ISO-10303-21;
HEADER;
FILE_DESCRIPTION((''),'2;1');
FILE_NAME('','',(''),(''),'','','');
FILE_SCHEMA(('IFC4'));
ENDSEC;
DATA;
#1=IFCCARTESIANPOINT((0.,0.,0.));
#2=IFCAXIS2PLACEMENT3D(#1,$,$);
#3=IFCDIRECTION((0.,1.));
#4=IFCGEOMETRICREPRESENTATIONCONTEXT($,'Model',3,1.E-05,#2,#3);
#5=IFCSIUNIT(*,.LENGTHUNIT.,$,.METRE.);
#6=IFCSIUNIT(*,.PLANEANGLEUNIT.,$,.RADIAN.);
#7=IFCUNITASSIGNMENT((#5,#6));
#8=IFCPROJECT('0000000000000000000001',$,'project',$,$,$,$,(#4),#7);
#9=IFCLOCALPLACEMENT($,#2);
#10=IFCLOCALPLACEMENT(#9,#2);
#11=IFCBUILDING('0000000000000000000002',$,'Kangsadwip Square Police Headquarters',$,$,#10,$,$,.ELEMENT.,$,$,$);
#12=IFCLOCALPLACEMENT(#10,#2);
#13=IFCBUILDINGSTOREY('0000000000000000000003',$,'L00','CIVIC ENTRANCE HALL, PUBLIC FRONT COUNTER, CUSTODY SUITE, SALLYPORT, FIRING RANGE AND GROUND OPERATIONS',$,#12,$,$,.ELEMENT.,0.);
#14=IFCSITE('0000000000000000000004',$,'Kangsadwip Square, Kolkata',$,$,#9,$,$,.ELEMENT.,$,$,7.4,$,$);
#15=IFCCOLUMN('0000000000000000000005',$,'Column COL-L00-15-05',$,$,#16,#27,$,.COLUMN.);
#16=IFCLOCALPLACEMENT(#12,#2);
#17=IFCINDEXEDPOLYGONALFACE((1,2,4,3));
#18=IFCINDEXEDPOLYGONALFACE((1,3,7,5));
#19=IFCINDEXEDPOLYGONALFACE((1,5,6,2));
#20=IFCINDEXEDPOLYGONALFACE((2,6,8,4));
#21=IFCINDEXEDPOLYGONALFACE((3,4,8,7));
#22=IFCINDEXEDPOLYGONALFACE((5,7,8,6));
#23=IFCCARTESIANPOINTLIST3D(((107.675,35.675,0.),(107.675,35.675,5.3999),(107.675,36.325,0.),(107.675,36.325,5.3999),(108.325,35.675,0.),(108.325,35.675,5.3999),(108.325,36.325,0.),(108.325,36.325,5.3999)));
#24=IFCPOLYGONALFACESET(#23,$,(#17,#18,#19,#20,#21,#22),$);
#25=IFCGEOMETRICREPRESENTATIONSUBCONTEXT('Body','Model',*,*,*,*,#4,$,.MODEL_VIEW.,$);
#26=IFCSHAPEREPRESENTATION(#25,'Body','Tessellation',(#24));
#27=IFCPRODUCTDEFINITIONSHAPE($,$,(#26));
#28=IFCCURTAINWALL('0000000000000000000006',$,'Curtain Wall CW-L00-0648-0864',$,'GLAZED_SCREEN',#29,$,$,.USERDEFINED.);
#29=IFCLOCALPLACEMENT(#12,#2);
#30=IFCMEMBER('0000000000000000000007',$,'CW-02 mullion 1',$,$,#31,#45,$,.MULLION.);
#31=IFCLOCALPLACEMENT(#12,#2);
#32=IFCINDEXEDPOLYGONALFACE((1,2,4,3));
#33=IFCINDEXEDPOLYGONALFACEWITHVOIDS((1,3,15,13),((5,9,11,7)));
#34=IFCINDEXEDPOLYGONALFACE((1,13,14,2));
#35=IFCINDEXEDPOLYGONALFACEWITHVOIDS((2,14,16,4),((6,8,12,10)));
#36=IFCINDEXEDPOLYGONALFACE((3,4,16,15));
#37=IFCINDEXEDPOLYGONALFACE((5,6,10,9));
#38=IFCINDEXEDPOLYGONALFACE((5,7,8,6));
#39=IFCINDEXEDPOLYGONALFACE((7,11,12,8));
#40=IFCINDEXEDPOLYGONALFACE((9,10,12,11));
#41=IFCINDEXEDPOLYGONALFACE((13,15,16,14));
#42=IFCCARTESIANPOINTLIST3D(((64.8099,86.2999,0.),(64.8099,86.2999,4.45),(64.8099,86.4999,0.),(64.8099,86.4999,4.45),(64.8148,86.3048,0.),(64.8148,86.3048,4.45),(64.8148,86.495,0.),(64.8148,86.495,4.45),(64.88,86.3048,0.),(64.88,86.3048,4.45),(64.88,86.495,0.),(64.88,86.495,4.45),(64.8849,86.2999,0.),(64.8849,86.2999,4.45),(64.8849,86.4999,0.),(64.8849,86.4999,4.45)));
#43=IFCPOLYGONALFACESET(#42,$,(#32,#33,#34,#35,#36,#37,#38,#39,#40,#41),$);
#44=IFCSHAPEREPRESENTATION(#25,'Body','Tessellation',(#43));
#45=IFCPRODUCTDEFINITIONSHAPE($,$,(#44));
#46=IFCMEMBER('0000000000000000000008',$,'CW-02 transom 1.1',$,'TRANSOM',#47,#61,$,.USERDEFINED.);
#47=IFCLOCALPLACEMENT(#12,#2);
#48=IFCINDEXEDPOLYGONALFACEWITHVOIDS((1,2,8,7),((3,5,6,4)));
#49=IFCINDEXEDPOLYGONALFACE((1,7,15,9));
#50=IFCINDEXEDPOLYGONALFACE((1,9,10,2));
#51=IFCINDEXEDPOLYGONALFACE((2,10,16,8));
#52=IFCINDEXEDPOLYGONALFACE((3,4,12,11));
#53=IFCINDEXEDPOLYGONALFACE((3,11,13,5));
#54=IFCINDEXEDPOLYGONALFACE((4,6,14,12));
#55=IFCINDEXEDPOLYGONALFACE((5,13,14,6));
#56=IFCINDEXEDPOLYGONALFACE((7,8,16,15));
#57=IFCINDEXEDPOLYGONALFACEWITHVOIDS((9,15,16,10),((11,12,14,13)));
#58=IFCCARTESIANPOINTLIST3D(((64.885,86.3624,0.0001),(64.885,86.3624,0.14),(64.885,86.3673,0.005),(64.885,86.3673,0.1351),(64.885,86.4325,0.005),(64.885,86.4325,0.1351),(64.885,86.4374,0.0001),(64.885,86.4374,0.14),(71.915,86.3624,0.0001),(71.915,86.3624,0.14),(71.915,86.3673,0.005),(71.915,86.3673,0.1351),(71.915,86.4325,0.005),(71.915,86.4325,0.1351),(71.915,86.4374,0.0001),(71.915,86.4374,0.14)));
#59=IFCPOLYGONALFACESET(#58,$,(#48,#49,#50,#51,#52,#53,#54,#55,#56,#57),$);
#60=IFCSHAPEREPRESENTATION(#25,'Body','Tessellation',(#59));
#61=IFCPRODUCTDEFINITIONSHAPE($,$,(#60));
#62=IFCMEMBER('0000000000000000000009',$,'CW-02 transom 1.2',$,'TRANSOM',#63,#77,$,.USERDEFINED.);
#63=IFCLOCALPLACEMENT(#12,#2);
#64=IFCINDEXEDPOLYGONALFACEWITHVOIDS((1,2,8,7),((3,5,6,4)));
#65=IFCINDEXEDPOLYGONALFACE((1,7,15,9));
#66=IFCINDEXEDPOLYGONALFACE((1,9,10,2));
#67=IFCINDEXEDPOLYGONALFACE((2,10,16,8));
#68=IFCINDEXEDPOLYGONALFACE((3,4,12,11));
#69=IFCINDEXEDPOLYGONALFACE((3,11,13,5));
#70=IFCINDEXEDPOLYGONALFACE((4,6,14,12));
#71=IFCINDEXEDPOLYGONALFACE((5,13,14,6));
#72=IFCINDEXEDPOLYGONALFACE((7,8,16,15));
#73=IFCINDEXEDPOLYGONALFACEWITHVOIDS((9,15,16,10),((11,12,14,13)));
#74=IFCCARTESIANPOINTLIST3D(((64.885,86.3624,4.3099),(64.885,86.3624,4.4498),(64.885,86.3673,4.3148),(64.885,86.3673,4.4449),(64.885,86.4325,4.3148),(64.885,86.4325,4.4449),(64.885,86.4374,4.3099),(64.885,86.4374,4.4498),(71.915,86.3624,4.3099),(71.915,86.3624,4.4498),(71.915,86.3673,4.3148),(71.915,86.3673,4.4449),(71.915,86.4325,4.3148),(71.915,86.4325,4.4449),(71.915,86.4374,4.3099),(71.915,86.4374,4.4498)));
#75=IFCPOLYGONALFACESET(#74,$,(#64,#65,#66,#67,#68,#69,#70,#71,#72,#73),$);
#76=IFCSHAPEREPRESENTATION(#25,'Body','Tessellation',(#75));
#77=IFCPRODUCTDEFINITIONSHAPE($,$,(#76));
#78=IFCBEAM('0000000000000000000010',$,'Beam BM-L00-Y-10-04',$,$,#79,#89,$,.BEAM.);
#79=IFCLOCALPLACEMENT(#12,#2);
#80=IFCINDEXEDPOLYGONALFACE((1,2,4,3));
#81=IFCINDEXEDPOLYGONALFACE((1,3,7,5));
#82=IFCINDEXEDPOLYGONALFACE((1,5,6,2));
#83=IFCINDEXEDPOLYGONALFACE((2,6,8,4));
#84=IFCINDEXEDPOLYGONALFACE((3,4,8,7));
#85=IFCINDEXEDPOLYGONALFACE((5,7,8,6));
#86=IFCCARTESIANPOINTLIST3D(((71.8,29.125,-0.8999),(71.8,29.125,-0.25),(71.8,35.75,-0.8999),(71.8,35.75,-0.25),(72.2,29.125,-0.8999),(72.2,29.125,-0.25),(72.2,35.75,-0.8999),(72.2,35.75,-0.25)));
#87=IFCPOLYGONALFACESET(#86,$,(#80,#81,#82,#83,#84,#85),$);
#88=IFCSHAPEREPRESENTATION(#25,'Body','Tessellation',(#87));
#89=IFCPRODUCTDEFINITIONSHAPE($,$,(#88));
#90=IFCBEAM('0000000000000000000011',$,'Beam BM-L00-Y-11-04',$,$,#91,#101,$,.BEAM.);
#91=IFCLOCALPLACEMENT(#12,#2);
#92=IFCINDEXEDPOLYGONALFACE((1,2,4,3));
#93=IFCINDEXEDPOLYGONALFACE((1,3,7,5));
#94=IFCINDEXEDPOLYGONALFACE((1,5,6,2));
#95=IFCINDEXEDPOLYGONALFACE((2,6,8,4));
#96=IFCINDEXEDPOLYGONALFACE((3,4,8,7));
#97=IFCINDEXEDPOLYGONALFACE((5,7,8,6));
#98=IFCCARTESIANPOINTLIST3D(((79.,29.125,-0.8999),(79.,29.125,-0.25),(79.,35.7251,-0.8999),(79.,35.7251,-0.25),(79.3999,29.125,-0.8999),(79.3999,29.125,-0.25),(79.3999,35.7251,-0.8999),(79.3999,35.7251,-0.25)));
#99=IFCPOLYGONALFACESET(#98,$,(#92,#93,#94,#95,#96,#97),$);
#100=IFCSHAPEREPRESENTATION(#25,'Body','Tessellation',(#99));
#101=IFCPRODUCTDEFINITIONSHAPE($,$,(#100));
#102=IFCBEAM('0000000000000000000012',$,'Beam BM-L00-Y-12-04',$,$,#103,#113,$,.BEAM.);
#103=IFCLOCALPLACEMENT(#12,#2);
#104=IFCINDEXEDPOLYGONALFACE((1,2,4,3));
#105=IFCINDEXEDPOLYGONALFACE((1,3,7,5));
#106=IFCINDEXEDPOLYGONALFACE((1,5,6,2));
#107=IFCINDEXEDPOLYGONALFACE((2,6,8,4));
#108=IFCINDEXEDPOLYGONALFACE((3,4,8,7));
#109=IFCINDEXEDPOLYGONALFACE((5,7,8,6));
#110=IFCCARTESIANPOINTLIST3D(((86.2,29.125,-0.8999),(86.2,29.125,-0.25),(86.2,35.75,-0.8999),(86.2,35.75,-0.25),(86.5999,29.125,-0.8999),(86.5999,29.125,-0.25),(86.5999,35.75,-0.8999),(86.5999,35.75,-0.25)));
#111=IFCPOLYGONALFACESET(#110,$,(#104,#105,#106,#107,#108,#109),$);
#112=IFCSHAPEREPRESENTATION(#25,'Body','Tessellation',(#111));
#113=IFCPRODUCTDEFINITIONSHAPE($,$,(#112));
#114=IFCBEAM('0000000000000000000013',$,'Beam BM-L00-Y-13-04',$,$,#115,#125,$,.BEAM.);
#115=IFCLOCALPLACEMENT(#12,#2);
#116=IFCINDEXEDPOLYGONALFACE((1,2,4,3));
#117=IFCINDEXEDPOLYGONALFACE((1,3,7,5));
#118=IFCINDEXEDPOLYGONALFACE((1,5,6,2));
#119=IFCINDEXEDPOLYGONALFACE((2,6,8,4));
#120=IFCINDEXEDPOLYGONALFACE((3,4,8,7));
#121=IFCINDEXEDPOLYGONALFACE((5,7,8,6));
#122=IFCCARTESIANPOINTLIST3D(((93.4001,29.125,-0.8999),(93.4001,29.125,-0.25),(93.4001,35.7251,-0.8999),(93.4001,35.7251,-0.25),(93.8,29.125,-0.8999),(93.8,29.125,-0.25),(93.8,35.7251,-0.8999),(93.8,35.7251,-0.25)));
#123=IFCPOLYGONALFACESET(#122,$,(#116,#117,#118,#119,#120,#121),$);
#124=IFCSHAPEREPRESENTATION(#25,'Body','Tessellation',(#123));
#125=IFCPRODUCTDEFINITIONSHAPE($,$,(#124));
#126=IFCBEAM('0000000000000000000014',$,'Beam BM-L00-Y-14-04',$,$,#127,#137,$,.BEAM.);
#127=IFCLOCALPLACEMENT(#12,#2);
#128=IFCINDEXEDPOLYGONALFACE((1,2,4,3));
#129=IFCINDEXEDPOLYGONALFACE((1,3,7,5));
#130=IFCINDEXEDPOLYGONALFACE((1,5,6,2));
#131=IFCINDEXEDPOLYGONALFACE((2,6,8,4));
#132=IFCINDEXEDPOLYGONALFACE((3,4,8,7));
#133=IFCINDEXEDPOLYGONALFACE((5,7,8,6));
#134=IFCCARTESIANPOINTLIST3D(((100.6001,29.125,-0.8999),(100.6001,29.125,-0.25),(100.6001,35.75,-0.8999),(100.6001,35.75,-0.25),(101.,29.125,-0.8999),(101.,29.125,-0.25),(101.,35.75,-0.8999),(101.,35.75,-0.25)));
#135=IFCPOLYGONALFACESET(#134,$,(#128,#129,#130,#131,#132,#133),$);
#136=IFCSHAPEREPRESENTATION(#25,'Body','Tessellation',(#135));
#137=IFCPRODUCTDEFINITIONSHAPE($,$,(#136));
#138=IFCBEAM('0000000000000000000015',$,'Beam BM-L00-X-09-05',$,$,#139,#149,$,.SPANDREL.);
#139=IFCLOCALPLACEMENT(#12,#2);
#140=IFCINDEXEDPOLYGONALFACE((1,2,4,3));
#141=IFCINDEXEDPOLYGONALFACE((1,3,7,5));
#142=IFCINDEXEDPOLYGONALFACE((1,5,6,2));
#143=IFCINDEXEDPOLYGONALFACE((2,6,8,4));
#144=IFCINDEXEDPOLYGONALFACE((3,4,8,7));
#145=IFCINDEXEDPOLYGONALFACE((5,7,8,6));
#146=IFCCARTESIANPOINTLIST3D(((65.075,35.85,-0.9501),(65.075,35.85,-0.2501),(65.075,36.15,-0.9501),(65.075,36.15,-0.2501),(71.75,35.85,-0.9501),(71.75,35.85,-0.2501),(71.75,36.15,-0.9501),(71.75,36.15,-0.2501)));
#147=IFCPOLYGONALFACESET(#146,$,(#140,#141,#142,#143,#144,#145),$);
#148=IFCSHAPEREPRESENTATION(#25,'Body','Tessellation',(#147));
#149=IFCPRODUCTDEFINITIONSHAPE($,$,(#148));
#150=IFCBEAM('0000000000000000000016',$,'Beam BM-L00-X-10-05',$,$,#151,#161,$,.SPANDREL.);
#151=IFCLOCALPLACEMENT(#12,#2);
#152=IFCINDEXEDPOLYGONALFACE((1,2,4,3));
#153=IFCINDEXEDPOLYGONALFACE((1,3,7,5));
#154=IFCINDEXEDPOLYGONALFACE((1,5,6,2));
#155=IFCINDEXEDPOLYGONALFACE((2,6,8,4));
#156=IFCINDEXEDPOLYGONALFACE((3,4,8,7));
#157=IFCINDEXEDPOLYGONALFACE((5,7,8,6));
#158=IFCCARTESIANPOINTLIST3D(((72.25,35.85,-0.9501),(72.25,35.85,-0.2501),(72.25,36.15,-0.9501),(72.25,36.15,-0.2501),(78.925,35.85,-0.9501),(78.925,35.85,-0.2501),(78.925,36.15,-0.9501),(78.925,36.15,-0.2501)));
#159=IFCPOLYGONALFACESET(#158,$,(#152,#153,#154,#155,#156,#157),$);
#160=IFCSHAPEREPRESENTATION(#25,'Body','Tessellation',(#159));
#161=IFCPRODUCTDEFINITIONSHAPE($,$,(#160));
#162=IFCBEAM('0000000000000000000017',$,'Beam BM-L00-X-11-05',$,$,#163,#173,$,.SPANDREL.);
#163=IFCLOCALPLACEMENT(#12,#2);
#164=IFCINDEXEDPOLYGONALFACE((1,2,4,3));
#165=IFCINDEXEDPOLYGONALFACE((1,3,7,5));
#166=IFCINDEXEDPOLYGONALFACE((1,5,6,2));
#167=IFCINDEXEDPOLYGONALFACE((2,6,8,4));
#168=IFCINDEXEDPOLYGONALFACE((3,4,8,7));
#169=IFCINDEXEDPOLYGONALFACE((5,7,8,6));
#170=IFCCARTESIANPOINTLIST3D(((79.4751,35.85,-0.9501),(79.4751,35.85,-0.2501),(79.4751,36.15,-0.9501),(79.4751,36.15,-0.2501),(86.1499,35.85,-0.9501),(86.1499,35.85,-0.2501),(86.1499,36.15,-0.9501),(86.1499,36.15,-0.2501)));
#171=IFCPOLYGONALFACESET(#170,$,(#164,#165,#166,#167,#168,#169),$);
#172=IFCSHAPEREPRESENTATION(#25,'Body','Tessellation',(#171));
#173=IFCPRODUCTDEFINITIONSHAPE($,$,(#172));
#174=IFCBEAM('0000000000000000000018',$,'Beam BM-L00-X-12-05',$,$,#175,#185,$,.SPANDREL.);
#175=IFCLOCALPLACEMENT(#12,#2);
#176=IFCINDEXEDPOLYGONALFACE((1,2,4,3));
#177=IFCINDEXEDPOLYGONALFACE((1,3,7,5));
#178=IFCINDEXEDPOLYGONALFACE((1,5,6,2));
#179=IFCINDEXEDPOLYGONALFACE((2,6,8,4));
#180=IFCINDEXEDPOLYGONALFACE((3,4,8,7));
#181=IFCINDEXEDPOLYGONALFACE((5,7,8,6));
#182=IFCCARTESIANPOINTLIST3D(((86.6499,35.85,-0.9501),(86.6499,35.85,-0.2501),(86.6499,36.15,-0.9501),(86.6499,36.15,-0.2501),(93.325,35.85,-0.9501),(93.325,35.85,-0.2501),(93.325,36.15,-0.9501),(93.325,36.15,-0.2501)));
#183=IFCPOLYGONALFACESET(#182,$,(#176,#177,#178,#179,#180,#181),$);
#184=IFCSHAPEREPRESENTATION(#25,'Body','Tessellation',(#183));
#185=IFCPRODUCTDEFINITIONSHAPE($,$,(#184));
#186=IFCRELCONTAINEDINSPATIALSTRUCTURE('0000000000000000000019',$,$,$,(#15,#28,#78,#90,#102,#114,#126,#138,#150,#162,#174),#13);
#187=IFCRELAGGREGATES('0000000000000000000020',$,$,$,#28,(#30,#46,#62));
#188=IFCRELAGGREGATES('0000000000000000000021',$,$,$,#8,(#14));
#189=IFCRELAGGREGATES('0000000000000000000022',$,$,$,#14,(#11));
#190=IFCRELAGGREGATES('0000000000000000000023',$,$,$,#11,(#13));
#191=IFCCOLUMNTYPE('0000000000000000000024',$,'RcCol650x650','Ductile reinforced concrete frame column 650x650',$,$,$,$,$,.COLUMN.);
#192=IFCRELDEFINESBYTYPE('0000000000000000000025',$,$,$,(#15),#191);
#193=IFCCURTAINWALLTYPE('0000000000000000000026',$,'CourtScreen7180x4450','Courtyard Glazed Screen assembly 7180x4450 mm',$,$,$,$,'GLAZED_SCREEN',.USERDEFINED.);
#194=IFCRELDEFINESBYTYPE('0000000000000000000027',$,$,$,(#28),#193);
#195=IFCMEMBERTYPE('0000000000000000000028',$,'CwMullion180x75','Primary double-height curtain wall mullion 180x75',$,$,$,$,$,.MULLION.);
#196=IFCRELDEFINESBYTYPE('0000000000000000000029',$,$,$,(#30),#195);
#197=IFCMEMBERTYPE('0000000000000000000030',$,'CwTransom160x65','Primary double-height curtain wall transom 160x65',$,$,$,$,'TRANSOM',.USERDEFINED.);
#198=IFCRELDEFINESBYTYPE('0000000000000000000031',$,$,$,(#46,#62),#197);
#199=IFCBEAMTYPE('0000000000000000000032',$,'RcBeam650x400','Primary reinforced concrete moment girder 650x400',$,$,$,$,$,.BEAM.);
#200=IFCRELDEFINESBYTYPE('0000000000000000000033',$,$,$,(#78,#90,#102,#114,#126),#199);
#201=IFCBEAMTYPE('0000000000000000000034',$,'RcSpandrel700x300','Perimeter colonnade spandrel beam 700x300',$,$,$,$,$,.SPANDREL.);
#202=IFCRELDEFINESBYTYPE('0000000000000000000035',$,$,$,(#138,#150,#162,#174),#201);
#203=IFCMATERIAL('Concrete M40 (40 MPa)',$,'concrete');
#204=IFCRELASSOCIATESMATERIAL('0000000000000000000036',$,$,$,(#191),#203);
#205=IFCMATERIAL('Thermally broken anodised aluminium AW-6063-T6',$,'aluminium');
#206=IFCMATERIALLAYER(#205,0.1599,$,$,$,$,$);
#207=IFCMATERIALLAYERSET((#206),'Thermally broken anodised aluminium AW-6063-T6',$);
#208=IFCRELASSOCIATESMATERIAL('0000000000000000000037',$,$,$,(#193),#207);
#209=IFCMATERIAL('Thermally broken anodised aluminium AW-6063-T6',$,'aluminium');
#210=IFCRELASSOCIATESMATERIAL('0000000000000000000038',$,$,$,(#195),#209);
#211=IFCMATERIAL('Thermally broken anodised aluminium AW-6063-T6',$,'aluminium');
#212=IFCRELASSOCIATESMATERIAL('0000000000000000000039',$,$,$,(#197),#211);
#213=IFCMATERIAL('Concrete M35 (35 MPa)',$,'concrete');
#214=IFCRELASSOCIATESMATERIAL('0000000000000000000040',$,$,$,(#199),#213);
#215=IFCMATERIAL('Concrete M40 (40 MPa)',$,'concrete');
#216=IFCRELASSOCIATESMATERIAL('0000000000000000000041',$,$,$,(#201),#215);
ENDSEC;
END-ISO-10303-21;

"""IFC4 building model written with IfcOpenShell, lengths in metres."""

from ifc_helpers import new_model, si_unit, direction, frame, origin, origin_2d, place, context, subcontext, project, spatial, rectangle, hollow_rectangle, extrude, material, layer, layer_set, material_profile, profile_set, type_object, element, aggregate, save


model = new_model("IFC4")

# Units and contexts
model_context = context("Model", 3, precision=1e-05, world=origin(), true_north=direction((0.0, 1.0)))
body_context = subcontext(model_context, "Body", "Model", "MODEL_VIEW")
ifc_project = project(units=[si_unit("LENGTHUNIT", "METRE"), si_unit("PLANEANGLEUNIT", "RADIAN")], contexts=[model_context])

# Site, building, storey
site_placement = place(None, origin())
site = spatial("IfcSite", under=ifc_project, at=site_placement, Name="Kangsadwip Square, Kolkata", CompositionType="ELEMENT", RefElevation=7.4)
building_placement = place(site_placement, origin())
building = spatial("IfcBuilding", under=site, at=building_placement, Name="Kangsadwip Square Police Headquarters", CompositionType="ELEMENT")
storey_placement = place(building_placement, origin())
storey = spatial("IfcBuildingStorey", under=building, at=storey_placement, Name="L00", Description="CIVIC ENTRANCE HALL, PUBLIC FRONT COUNTER, CUSTODY SUITE, SALLYPORT, FIRING RANGE AND GROUND OPERATIONS", CompositionType="ELEMENT", Elevation=0.0)

# Column
ifc_material_1 = material(Name="Concrete M40 (40 MPa)", Category="concrete")
ifc_material_profile_1 = material_profile(ifc_material_1, rectangle(XDim=0.6499, YDim=0.6499, at=origin_2d()), Name="RC COL 650X650")
ifc_profile_set_1 = profile_set([ifc_material_profile_1], Name="Concrete M40 (40 MPa)")
column_type = type_object("IfcColumnType", Name="RcCol650x650", Description="Ductile reinforced concrete frame column 650x650", PredefinedType="COLUMN", material=ifc_profile_set_1)
column_placement = place(storey_placement, frame((108.0, 36.0, 0.0), z_axis=(0.0, 0.0, 1.0), x_axis=(1.0, 0.0, 0.0)))
element("IfcColumn", 1, at=column_placement, inside=storey, type_object=column_type, Name="Column COL-L00-15-05", PredefinedType="COLUMN", context=body_context, shape_type="SweptSolid", body=[
    extrude(rectangle(XDim=0.6499, YDim=0.6499, at=origin_2d()), origin(), (0.0, 0.0, 1.0), 5.3999),
])

# Curtain wall, members
ifc_material_2 = material(Name="Thermally broken anodised aluminium AW-6063-T6", Category="aluminium")
ifc_layer_1 = layer(ifc_material_2, 0.1599)
ifc_layer_set_1 = layer_set([ifc_layer_1], Name="Thermally broken anodised aluminium AW-6063-T6")
curtain_wall_type = type_object("IfcCurtainWallType", Name="CourtScreen7180x4450", Description="Courtyard Glazed Screen assembly 7180x4450 mm", ElementType="GLAZED_SCREEN", PredefinedType="USERDEFINED", material=ifc_layer_set_1)
curtain_wall_placement = place(storey_placement, origin())
curtain_wall = element("IfcCurtainWall", 2, at=curtain_wall_placement, inside=storey, type_object=curtain_wall_type, Name="Curtain Wall CW-L00-0648-0864", ObjectType="GLAZED_SCREEN", PredefinedType="USERDEFINED")
ifc_material_3 = material(Name="Thermally broken anodised aluminium AW-6063-T6", Category="aluminium")
ifc_material_profile_2 = material_profile(ifc_material_3, hollow_rectangle(XDim=0.075, YDim=0.2, WallThickness=0.0049, at=origin_2d()), Name="CWM 200X75X5")
ifc_profile_set_2 = profile_set([ifc_material_profile_2], Name="Thermally broken anodised aluminium AW-6063-T6")
member_type_1 = type_object("IfcMemberType", Name="CwMullion180x75", Description="Primary double-height curtain wall mullion 180x75", PredefinedType="MULLION", material=ifc_profile_set_2)
member_1_placement = place(storey_placement, frame((64.8474, 86.3999, 0.0), z_axis=(0.0, 0.0, 1.0), x_axis=(1.0, 0.0, 0.0)))
member_1 = element("IfcMember", 3, at=member_1_placement, type_object=member_type_1, Name="CW-02 mullion 1", PredefinedType="MULLION", context=body_context, shape_type="SweptSolid", body=[
    extrude(hollow_rectangle(XDim=0.075, YDim=0.2, WallThickness=0.0049, at=origin_2d()), origin(), (0.0, 0.0, 1.0), 4.45),
])
ifc_material_4 = material(Name="Thermally broken anodised aluminium AW-6063-T6", Category="aluminium")
ifc_material_profile_3 = material_profile(ifc_material_4, hollow_rectangle(XDim=0.075, YDim=0.1399, WallThickness=0.0049, at=origin_2d()), Name="CWT 140X75X5")
ifc_profile_set_3 = profile_set([ifc_material_profile_3], Name="Thermally broken anodised aluminium AW-6063-T6")
member_type_2 = type_object("IfcMemberType", Name="CwTransom160x65", Description="Primary double-height curtain wall transom 160x65", ElementType="TRANSOM", PredefinedType="USERDEFINED", material=ifc_profile_set_3)
member_2_placement = place(storey_placement, frame((64.885, 86.3999, 0.0701), z_axis=(1.0, 0.0, 0.0), x_axis=(0.0, 1.0, 0.0)))
member_2 = element("IfcMember", 4, at=member_2_placement, type_object=member_type_2, Name="CW-02 transom 1.1", ObjectType="TRANSOM", PredefinedType="USERDEFINED", context=body_context, shape_type="SweptSolid", body=[
    extrude(hollow_rectangle(XDim=0.075, YDim=0.1399, WallThickness=0.0049, at=origin_2d()), origin(), (0.0, 0.0, 1.0), 7.03),
])
member_3_placement = place(storey_placement, frame((64.885, 86.3999, 4.3799), z_axis=(1.0, 0.0, 0.0), x_axis=(0.0, 1.0, 0.0)))
member_3 = element("IfcMember", 5, at=member_3_placement, type_object=member_type_2, Name="CW-02 transom 1.2", ObjectType="TRANSOM", PredefinedType="USERDEFINED", context=body_context, shape_type="SweptSolid", body=[
    extrude(hollow_rectangle(XDim=0.075, YDim=0.1399, WallThickness=0.0049, at=origin_2d()), origin(), (0.0, 0.0, 1.0), 7.03),
])
aggregate(curtain_wall, [member_1, member_2, member_3])

# Beams
ifc_material_5 = material(Name="Concrete M35 (35 MPa)", Category="concrete")
ifc_material_profile_4 = material_profile(ifc_material_5, rectangle(XDim=0.3999, YDim=0.6499, at=origin_2d()), Name="RC BM 650X400")
ifc_profile_set_4 = profile_set([ifc_material_profile_4], Name="Concrete M35 (35 MPa)")
beam_type_1 = type_object("IfcBeamType", Name="RcBeam650x400", Description="Primary reinforced concrete moment girder 650x400", PredefinedType="BEAM", material=ifc_profile_set_4)
beam_1_placement = place(storey_placement, frame((72.0, 29.125, -0.575), z_axis=(0.0, 1.0, 0.0), x_axis=(-1.0, 0.0, 0.0)))
element("IfcBeam", 6, at=beam_1_placement, inside=storey, type_object=beam_type_1, Name="Beam BM-L00-Y-10-04", PredefinedType="BEAM", context=body_context, shape_type="SweptSolid", body=[
    extrude(rectangle(XDim=0.3999, YDim=0.6499, at=origin_2d()), origin(), (0.0, 0.0, 1.0), 6.625),
])
beam_2_placement = place(storey_placement, frame((79.2, 29.125, -0.575), z_axis=(0.0, 1.0, 0.0), x_axis=(-1.0, 0.0, 0.0)))
element("IfcBeam", 7, at=beam_2_placement, inside=storey, type_object=beam_type_1, Name="Beam BM-L00-Y-11-04", PredefinedType="BEAM", context=body_context, shape_type="SweptSolid", body=[
    extrude(rectangle(XDim=0.3999, YDim=0.6499, at=origin_2d()), origin(), (0.0, 0.0, 1.0), 6.6001),
])
beam_3_placement = place(storey_placement, frame((86.3999, 29.125, -0.575), z_axis=(0.0, 1.0, 0.0), x_axis=(-1.0, 0.0, 0.0)))
element("IfcBeam", 8, at=beam_3_placement, inside=storey, type_object=beam_type_1, Name="Beam BM-L00-Y-12-04", PredefinedType="BEAM", context=body_context, shape_type="SweptSolid", body=[
    extrude(rectangle(XDim=0.3999, YDim=0.6499, at=origin_2d()), origin(), (0.0, 0.0, 1.0), 6.625),
])
beam_4_placement = place(storey_placement, frame((93.6001, 29.125, -0.575), z_axis=(0.0, 1.0, 0.0), x_axis=(-1.0, 0.0, 0.0)))
element("IfcBeam", 9, at=beam_4_placement, inside=storey, type_object=beam_type_1, Name="Beam BM-L00-Y-13-04", PredefinedType="BEAM", context=body_context, shape_type="SweptSolid", body=[
    extrude(rectangle(XDim=0.3999, YDim=0.6499, at=origin_2d()), origin(), (0.0, 0.0, 1.0), 6.6001),
])
beam_5_placement = place(storey_placement, frame((100.8, 29.125, -0.575), z_axis=(0.0, 1.0, 0.0), x_axis=(-1.0, 0.0, 0.0)))
element("IfcBeam", 10, at=beam_5_placement, inside=storey, type_object=beam_type_1, Name="Beam BM-L00-Y-14-04", PredefinedType="BEAM", context=body_context, shape_type="SweptSolid", body=[
    extrude(rectangle(XDim=0.3999, YDim=0.6499, at=origin_2d()), origin(), (0.0, 0.0, 1.0), 6.625),
])
ifc_material_6 = material(Name="Concrete M40 (40 MPa)", Category="concrete")
ifc_material_profile_5 = material_profile(ifc_material_6, rectangle(XDim=0.3, YDim=0.7, at=origin_2d()), Name="RC SPN 700X300")
ifc_profile_set_5 = profile_set([ifc_material_profile_5], Name="Concrete M40 (40 MPa)")
beam_type_2 = type_object("IfcBeamType", Name="RcSpandrel700x300", Description="Perimeter colonnade spandrel beam 700x300", PredefinedType="SPANDREL", material=ifc_profile_set_5)
for number, where, z_axis, x_axis, name in (
    (11, (65.075, 36.0, -0.6001), (1.0, 0.0, 0.0), (0.0, 1.0, 0.0), "Beam BM-L00-X-09-05"),
    (12, (72.25, 36.0, -0.6001), (1.0, 0.0, 0.0), (0.0, 1.0, 0.0), "Beam BM-L00-X-10-05"),
):
    element("IfcBeam", number, at=place(storey_placement, frame(where, z_axis=z_axis, x_axis=x_axis)), inside=storey, type_object=beam_type_2, Name=name, PredefinedType="SPANDREL", context=body_context, shape_type="SweptSolid", body=[
        extrude(rectangle(XDim=0.3, YDim=0.7, at=origin_2d()), origin(), (0.0, 0.0, 1.0), 6.675),
    ])
beam_6_placement = place(storey_placement, frame((79.4751, 36.0, -0.6001), z_axis=(1.0, 0.0, 0.0), x_axis=(0.0, 1.0, 0.0)))
element("IfcBeam", 13, at=beam_6_placement, inside=storey, type_object=beam_type_2, Name="Beam BM-L00-X-11-05", PredefinedType="SPANDREL", context=body_context, shape_type="SweptSolid", body=[
    extrude(rectangle(XDim=0.3, YDim=0.7, at=origin_2d()), origin(), (0.0, 0.0, 1.0), 6.6748),
])
for number, where, z_axis, x_axis, name in (
    (14, (86.6499, 36.0, -0.6001), (1.0, 0.0, 0.0), (0.0, 1.0, 0.0), "Beam BM-L00-X-12-05"),
):
    element("IfcBeam", number, at=place(storey_placement, frame(where, z_axis=z_axis, x_axis=x_axis)), inside=storey, type_object=beam_type_2, Name=name, PredefinedType="SPANDREL", context=body_context, shape_type="SweptSolid", body=[
        extrude(rectangle(XDim=0.3, YDim=0.7, at=origin_2d()), origin(), (0.0, 0.0, 1.0), 6.675),
    ])

save(model, "model.ifc")
